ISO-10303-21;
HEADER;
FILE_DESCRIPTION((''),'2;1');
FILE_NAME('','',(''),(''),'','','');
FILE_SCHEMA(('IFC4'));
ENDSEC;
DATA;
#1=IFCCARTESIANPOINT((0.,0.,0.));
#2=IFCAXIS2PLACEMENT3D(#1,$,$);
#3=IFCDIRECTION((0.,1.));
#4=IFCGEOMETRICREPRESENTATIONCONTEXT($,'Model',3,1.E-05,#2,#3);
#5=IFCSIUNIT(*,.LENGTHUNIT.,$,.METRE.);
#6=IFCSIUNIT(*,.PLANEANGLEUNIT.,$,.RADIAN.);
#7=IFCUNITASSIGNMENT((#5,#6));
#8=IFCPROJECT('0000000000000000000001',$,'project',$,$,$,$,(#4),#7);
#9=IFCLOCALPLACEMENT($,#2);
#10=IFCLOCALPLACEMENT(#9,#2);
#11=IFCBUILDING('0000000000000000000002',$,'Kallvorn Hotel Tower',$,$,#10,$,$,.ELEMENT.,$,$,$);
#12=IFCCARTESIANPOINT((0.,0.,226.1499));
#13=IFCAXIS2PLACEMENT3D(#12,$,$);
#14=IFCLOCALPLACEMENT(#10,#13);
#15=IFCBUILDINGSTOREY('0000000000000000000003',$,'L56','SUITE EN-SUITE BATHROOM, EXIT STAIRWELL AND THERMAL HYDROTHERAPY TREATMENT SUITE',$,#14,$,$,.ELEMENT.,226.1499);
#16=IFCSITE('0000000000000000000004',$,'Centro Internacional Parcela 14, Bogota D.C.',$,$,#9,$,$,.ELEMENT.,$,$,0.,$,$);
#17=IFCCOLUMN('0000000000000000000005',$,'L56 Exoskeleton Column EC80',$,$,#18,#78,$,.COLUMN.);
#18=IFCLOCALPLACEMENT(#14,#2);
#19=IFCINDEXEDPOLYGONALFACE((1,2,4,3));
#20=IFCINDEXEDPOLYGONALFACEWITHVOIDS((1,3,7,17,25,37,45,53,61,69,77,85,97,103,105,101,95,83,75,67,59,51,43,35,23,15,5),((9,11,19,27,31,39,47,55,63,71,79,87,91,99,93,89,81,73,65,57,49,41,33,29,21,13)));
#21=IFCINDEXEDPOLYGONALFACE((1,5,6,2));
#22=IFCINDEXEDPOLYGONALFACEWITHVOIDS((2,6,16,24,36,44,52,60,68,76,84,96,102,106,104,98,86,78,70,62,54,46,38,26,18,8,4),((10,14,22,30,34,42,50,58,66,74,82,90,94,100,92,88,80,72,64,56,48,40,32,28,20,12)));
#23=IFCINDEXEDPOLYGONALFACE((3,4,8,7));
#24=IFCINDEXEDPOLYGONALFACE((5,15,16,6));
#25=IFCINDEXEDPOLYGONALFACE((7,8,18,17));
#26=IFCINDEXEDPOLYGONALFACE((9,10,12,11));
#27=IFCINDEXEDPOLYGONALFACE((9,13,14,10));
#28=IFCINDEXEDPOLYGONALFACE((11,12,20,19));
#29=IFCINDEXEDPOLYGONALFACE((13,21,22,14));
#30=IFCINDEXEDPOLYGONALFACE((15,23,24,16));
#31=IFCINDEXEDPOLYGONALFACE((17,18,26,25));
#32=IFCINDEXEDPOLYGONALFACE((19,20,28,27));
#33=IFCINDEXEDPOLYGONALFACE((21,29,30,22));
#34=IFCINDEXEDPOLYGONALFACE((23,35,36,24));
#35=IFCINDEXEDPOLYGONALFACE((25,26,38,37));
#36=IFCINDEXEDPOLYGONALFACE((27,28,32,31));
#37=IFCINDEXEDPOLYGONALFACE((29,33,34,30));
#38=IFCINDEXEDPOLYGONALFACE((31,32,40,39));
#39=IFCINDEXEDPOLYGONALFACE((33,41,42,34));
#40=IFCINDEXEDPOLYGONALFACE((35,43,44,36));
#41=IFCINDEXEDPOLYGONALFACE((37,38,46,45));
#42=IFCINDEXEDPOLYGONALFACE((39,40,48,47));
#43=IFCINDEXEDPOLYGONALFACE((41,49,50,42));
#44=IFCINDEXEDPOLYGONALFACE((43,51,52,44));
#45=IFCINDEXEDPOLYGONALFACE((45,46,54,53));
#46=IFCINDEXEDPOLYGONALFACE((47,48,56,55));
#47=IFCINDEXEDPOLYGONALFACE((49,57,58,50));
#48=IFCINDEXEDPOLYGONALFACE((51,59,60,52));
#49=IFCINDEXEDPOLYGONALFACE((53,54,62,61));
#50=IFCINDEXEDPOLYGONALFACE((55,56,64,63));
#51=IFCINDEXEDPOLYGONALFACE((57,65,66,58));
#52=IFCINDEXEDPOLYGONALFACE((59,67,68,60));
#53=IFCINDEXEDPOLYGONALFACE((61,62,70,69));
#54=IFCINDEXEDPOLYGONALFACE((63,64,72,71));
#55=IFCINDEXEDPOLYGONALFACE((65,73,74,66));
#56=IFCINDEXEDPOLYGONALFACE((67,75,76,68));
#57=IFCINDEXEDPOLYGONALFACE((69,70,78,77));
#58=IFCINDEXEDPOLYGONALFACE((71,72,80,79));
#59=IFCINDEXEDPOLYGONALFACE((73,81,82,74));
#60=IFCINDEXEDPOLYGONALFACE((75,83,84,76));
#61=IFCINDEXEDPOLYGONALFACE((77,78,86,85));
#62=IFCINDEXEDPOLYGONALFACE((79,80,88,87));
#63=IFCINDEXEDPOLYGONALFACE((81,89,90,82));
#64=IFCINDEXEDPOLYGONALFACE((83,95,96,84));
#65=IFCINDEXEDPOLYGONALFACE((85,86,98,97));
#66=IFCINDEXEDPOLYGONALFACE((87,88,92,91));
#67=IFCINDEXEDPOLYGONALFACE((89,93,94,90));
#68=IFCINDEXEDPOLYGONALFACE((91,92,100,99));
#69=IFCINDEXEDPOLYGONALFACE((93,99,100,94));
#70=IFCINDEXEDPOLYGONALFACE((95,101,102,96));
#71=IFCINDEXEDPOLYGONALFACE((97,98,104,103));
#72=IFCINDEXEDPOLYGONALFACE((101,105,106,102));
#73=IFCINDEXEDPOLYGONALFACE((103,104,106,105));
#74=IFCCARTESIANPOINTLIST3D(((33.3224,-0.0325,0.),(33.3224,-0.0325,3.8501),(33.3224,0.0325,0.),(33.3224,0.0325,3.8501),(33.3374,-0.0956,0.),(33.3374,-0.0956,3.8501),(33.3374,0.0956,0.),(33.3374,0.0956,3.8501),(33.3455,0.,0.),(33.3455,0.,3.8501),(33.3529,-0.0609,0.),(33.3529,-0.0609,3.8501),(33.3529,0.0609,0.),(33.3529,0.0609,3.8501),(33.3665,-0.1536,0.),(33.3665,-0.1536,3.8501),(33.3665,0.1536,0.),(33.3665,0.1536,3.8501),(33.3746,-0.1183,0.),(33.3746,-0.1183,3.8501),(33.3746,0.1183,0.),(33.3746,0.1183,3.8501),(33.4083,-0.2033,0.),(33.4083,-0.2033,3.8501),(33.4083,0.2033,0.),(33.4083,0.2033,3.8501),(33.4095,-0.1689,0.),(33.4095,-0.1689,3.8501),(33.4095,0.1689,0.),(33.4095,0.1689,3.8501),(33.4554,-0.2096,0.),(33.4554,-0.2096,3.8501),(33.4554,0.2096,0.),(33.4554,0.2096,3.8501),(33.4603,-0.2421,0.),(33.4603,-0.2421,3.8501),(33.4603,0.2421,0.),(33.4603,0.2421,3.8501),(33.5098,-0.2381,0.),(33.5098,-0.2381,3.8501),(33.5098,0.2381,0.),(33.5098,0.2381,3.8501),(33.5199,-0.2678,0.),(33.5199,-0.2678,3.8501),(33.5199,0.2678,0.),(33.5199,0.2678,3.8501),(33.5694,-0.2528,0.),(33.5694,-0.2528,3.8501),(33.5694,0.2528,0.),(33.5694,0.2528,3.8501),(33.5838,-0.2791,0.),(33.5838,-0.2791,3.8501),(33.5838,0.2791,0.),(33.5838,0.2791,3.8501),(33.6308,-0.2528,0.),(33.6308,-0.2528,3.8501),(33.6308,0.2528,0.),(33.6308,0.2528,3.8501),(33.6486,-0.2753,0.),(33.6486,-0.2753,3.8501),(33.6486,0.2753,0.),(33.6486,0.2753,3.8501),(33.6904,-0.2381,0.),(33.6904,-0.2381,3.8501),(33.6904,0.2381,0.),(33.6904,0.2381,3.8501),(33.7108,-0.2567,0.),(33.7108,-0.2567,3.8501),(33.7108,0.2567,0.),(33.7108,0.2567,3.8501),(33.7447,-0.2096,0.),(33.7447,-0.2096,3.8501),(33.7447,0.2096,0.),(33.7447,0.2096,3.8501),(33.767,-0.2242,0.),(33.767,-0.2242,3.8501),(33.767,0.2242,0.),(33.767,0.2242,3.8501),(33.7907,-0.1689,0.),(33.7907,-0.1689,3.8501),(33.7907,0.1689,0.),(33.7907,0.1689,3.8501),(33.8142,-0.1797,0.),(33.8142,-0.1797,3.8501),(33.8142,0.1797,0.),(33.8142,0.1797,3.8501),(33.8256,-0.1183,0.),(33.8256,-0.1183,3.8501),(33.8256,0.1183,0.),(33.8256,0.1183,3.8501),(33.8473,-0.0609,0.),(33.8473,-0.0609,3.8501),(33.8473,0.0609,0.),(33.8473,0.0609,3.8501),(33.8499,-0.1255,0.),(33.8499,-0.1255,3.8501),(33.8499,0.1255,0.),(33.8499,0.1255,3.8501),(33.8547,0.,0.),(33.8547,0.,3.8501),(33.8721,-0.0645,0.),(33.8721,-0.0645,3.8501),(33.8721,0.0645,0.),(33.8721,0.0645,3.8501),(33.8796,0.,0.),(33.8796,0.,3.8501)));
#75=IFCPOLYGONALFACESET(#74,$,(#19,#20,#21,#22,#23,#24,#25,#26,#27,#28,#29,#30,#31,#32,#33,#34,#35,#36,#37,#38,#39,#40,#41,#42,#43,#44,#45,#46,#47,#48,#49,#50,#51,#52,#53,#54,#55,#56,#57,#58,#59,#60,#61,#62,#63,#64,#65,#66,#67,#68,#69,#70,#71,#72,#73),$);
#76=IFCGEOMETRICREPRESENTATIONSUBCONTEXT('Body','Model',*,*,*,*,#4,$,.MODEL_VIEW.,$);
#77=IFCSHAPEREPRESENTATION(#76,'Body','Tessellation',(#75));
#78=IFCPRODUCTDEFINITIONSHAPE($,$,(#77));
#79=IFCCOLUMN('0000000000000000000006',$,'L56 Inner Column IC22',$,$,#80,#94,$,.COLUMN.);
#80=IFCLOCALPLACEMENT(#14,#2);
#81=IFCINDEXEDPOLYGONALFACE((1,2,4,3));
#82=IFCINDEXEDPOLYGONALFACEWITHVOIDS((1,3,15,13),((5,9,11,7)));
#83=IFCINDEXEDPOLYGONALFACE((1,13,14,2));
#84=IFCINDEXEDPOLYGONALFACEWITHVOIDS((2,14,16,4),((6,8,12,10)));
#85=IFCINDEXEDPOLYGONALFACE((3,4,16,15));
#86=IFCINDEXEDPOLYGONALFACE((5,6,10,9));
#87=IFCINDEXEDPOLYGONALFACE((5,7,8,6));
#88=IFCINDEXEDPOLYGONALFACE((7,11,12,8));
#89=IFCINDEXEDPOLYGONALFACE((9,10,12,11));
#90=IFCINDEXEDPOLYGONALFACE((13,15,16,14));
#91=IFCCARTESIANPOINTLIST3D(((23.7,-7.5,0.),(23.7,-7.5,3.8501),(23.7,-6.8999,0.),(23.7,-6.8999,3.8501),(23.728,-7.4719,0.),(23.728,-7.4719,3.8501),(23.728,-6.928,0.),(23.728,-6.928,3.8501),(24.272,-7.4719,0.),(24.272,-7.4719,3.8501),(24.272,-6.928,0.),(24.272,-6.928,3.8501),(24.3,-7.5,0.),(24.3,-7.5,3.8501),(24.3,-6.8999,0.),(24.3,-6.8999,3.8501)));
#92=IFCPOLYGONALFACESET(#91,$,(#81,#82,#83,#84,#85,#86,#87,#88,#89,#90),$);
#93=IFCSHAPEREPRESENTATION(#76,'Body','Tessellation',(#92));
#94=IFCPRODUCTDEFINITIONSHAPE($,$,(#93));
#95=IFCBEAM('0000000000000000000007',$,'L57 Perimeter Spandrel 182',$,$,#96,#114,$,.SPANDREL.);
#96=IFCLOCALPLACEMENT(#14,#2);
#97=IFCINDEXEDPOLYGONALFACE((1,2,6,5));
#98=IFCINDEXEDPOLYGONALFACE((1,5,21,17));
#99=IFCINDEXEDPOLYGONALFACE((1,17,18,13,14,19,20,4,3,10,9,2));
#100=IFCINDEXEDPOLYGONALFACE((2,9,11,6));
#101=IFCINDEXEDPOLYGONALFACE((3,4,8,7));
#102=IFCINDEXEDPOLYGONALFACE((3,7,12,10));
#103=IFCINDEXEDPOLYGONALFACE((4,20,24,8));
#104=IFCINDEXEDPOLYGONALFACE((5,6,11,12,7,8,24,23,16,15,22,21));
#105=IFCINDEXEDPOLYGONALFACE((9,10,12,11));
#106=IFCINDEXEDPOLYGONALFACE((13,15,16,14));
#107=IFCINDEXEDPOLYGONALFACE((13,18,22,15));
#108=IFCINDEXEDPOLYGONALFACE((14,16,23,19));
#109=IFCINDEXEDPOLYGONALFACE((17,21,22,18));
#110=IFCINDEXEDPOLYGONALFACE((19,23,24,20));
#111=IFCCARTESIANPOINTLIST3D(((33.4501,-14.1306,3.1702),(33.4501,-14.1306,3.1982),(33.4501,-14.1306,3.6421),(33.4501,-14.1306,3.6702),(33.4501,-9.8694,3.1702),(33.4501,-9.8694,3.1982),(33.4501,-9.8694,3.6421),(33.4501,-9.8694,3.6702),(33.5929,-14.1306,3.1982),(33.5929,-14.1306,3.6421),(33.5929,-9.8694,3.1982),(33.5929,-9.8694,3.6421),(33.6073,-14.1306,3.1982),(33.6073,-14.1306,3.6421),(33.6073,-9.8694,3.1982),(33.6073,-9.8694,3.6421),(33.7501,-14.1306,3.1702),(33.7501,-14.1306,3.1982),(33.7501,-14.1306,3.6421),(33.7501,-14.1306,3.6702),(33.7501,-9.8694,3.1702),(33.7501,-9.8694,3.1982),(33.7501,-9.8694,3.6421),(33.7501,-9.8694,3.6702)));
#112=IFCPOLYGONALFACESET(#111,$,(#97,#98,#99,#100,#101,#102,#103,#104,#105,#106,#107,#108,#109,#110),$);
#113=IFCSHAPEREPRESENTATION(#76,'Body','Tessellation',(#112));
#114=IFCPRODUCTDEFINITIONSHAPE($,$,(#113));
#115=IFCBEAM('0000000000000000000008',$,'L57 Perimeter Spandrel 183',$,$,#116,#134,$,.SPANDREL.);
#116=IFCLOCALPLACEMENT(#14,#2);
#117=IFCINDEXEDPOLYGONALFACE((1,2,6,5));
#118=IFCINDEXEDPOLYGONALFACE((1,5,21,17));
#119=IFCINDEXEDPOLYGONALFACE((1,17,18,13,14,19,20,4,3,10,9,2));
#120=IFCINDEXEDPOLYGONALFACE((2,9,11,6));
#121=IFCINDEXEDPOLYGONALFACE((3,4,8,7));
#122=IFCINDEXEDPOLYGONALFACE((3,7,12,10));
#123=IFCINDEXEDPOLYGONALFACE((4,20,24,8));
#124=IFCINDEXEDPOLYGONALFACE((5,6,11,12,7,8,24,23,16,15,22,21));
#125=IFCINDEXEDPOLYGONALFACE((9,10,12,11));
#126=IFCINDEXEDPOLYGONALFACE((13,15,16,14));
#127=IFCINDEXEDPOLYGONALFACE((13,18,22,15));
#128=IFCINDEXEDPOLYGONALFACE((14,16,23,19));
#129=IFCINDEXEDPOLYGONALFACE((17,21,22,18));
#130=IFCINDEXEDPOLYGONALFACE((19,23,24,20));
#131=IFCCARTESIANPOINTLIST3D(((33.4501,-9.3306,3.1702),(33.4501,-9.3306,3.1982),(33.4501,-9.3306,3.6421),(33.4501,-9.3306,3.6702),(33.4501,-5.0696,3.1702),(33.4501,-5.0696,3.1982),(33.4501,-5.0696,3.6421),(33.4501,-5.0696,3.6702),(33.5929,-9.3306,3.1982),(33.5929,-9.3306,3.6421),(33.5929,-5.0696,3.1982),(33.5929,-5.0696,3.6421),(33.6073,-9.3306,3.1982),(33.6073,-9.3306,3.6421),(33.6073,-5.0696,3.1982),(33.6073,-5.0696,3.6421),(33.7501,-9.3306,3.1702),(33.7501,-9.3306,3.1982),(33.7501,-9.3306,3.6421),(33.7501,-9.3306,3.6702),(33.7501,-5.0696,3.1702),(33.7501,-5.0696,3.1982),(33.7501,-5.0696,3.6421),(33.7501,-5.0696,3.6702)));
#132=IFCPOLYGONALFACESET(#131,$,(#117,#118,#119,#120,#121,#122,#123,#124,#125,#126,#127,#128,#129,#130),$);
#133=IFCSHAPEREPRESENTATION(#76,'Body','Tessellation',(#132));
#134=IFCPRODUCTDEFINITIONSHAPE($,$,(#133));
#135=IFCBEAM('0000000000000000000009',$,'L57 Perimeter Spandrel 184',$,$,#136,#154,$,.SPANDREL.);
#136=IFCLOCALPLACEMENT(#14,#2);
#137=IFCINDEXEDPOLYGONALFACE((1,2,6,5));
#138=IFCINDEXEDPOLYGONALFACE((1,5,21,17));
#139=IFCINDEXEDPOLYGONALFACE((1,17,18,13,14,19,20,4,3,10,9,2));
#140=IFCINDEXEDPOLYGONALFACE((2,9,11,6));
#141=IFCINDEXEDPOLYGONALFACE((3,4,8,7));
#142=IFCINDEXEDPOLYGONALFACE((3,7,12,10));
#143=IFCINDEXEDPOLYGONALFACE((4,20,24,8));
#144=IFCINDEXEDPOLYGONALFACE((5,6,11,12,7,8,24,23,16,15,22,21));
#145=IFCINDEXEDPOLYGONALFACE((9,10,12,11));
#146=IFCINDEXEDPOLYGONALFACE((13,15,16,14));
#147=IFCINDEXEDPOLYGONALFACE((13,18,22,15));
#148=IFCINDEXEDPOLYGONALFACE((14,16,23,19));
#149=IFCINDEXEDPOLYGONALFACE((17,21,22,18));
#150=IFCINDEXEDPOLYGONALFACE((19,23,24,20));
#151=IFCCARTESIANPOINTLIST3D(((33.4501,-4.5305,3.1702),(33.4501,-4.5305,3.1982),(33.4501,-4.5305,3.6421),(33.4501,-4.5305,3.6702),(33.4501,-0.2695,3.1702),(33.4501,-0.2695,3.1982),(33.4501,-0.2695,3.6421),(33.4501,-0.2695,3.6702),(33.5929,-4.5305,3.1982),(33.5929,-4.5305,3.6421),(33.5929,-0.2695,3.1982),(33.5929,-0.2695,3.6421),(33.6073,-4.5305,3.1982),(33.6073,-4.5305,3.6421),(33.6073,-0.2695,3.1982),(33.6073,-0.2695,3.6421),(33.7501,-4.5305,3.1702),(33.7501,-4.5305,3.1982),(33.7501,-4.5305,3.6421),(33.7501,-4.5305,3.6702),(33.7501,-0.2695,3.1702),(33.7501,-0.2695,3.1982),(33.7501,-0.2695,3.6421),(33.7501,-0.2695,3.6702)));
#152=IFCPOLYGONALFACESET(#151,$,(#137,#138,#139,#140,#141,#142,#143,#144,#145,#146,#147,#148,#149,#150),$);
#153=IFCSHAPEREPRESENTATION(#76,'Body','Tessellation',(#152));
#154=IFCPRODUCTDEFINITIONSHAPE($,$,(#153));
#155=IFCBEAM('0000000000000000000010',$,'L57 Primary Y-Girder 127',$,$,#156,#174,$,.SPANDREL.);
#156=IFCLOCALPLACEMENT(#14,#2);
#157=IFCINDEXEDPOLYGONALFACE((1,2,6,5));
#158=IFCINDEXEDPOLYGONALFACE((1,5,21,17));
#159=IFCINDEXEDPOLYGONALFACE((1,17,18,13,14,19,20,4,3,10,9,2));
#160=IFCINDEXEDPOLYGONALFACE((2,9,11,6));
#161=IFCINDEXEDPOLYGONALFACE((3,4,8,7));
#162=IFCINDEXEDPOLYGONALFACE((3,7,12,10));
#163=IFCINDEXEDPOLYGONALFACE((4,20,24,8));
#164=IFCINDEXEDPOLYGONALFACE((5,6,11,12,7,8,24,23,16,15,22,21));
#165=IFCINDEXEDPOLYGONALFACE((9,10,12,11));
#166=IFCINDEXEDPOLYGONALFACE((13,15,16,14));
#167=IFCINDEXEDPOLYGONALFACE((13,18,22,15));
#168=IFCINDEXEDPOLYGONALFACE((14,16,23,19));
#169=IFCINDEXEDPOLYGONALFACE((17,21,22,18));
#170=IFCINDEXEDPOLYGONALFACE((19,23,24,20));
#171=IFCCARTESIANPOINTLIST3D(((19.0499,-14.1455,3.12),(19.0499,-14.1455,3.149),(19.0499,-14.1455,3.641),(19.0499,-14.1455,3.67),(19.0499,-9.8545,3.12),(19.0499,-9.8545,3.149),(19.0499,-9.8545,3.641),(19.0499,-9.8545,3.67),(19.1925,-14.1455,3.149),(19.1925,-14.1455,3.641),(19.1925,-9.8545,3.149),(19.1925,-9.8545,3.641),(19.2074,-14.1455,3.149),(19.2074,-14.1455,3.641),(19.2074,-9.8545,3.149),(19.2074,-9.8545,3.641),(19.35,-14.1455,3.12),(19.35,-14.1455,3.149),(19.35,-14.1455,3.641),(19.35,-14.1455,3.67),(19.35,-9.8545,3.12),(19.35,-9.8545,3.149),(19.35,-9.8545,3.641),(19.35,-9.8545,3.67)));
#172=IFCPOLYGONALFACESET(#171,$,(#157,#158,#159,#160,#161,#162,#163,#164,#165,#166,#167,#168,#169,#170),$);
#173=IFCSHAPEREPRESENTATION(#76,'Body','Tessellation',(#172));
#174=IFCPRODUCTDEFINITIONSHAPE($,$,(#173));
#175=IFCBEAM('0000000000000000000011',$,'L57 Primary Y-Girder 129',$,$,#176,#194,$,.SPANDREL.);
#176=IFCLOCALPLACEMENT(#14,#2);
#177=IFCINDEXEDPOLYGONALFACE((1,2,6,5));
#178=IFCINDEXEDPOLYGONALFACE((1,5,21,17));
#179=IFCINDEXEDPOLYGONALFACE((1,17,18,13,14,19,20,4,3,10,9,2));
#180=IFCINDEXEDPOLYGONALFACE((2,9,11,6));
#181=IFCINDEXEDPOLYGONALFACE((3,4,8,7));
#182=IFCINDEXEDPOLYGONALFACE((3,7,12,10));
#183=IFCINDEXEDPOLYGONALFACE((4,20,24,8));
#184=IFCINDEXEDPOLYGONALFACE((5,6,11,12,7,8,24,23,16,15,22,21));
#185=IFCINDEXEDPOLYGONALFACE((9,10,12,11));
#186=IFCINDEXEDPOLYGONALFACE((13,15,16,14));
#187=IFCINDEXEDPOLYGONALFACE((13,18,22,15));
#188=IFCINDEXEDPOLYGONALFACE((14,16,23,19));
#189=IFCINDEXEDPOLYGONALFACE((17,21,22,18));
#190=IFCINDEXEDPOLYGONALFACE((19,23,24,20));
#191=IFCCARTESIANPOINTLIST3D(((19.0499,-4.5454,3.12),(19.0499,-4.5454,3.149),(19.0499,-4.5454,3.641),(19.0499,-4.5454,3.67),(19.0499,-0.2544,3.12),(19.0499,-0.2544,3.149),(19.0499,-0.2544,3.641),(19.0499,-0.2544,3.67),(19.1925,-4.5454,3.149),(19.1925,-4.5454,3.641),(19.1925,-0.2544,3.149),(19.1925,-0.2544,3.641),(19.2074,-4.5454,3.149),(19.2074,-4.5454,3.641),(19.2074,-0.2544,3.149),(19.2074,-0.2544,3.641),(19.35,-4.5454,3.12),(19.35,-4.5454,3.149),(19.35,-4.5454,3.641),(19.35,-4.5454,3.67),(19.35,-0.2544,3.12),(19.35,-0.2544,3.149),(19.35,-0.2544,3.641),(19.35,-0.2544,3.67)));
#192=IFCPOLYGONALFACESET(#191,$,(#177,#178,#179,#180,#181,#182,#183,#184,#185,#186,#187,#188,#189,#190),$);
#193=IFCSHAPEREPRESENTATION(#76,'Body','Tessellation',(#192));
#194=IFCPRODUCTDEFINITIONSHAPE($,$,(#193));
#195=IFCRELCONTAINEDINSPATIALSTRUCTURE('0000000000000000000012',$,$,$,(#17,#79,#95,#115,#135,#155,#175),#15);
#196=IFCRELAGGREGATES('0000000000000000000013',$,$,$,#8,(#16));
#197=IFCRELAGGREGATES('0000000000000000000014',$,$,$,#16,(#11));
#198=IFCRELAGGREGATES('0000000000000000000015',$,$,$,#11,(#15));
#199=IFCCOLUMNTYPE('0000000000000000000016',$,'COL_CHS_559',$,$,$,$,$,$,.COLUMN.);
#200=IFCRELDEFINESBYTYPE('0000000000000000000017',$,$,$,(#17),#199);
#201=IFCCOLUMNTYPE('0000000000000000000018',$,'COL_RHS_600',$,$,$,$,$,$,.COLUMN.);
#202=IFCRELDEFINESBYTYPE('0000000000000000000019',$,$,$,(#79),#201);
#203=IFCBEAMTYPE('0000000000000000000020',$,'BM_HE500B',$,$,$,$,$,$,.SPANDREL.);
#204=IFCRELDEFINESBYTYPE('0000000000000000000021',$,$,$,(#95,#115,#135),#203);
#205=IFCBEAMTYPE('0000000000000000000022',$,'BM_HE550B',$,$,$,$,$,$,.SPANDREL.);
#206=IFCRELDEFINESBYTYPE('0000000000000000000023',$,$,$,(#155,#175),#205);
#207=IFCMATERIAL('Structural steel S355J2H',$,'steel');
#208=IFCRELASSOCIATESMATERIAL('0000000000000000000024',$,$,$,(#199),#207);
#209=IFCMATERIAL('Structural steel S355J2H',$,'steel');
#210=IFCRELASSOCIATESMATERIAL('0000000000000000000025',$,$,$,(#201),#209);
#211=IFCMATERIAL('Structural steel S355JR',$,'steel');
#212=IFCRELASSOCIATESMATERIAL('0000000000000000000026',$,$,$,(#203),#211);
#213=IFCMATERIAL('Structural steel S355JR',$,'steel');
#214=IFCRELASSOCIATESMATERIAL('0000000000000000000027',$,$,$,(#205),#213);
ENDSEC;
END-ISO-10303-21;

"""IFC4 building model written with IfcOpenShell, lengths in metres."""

from ifc_helpers import new_model, si_unit, direction, frame, origin, origin_2d, place, context, subcontext, project, spatial, hollow_rectangle, hollow_circle, i_section, extrude, material, material_profile, profile_set, type_object, element, save


model = new_model("IFC4")

# Units and contexts
model_context = context("Model", 3, precision=1e-05, world=origin(), true_north=direction((0.0, 1.0)))
body_context = subcontext(model_context, "Body", "Model", "MODEL_VIEW")
ifc_project = project(units=[si_unit("LENGTHUNIT", "METRE"), si_unit("PLANEANGLEUNIT", "RADIAN")], contexts=[model_context])

# Site, building, storey
site_placement = place(None, origin())
site = spatial("IfcSite", under=ifc_project, at=site_placement, Name="Centro Internacional Parcela 14, Bogota D.C.", CompositionType="ELEMENT", RefElevation=0.0)
building_placement = place(site_placement, origin())
building = spatial("IfcBuilding", under=site, at=building_placement, Name="Kallvorn Hotel Tower", CompositionType="ELEMENT")
storey_placement = place(building_placement, frame((0.0, 0.0, 226.1499)))
storey = spatial("IfcBuildingStorey", under=building, at=storey_placement, Name="L56", Description="SUITE EN-SUITE BATHROOM, EXIT STAIRWELL AND THERMAL HYDROTHERAPY TREATMENT SUITE", CompositionType="ELEMENT", Elevation=226.1499)

# Columns
ifc_material_1 = material(Name="Structural steel S355J2H", Category="steel")
ifc_material_profile_1 = material_profile(ifc_material_1, hollow_circle(Radius=0.2795, WallThickness=0.0249, at=origin_2d()), Name="CHS 559x25")
ifc_profile_set_1 = profile_set([ifc_material_profile_1], Name="Structural steel S355J2H")
column_type_1 = type_object("IfcColumnType", Name="COL_CHS_559", PredefinedType="COLUMN", material=ifc_profile_set_1)
for number, where, z_axis, x_axis, name in (
    (1, (33.6001, 0.0, 0.0), (0.0, 0.0, 1.0), (1.0, 0.0, 0.0), "L56 Exoskeleton Column EC80"),
):
    element("IfcColumn", number, at=place(storey_placement, frame(where, z_axis=z_axis, x_axis=x_axis)), inside=storey, type_object=column_type_1, Name=name, PredefinedType="COLUMN", context=body_context, shape_type="SweptSolid", body=[
        extrude(hollow_circle(Radius=0.2795, WallThickness=0.0249, at=origin_2d()), origin(), (0.0, 0.0, 1.0), 3.8501),
    ])
ifc_material_2 = material(Name="Structural steel S355J2H", Category="steel")
ifc_material_profile_2 = material_profile(ifc_material_2, hollow_rectangle(XDim=0.6001, YDim=0.6001, WallThickness=0.0281, at=origin_2d()), Name="RHS 600x600x28")
ifc_profile_set_2 = profile_set([ifc_material_profile_2], Name="Structural steel S355J2H")
column_type_2 = type_object("IfcColumnType", Name="COL_RHS_600", PredefinedType="COLUMN", material=ifc_profile_set_2)
column_placement = place(storey_placement, frame((24.0, -7.2, 0.0), z_axis=(0.0, 0.0, 1.0), x_axis=(1.0, 0.0, 0.0)))
element("IfcColumn", 2, at=column_placement, inside=storey, type_object=column_type_2, Name="L56 Inner Column IC22", PredefinedType="COLUMN", context=body_context, shape_type="SweptSolid", body=[
    extrude(hollow_rectangle(XDim=0.6001, YDim=0.6001, WallThickness=0.0281, at=origin_2d()), origin(), (0.0, 0.0, 1.0), 3.8501),
])

# Beams
ifc_material_3 = material(Name="Structural steel S355JR", Category="steel")
ifc_material_profile_3 = material_profile(ifc_material_3, i_section(OverallWidth=0.3, OverallDepth=0.5, WebThickness=0.0144, FlangeThickness=0.0281, at=origin_2d()), Name="HE 500 B")
ifc_profile_set_3 = profile_set([ifc_material_profile_3], Name="Structural steel S355JR")
beam_type_1 = type_object("IfcBeamType", Name="BM_HE500B", PredefinedType="SPANDREL", material=ifc_profile_set_3)
beam_1_placement = place(storey_placement, frame((33.6001, -14.1306, 3.4202), z_axis=(0.0, 1.0, 0.0), x_axis=(-1.0, 0.0, 0.0)))
element("IfcBeam", 3, at=beam_1_placement, inside=storey, type_object=beam_type_1, Name="L57 Perimeter Spandrel 182", PredefinedType="SPANDREL", context=body_context, shape_type="SweptSolid", body=[
    extrude(i_section(OverallWidth=0.3, OverallDepth=0.5, WebThickness=0.0144, FlangeThickness=0.0281, at=origin_2d()), origin(), (0.0, 0.0, 1.0), 4.2612),
])
for number, where, z_axis, x_axis, name in (
    (4, (33.6001, -9.3306, 3.4202), (0.0, 1.0, 0.0), (-1.0, 0.0, 0.0), "L57 Perimeter Spandrel 183"),
    (5, (33.6001, -4.5305, 3.4202), (0.0, 1.0, 0.0), (-1.0, 0.0, 0.0), "L57 Perimeter Spandrel 184"),
):
    element("IfcBeam", number, at=place(storey_placement, frame(where, z_axis=z_axis, x_axis=x_axis)), inside=storey, type_object=beam_type_1, Name=name, PredefinedType="SPANDREL", context=body_context, shape_type="SweptSolid", body=[
        extrude(i_section(OverallWidth=0.3, OverallDepth=0.5, WebThickness=0.0144, FlangeThickness=0.0281, at=origin_2d()), origin(), (0.0, 0.0, 1.0), 4.261),
    ])
ifc_material_4 = material(Name="Structural steel S355JR", Category="steel")
ifc_material_profile_4 = material_profile(ifc_material_4, i_section(OverallWidth=0.3, OverallDepth=0.55, WebThickness=0.0149, FlangeThickness=0.0291, at=origin_2d()), Name="HE 550 B")
ifc_profile_set_4 = profile_set([ifc_material_profile_4], Name="Structural steel S355JR")
beam_type_2 = type_object("IfcBeamType", Name="BM_HE550B", PredefinedType="SPANDREL", material=ifc_profile_set_4)
for number, where, z_axis, x_axis, name in (
    (6, (19.2, -14.1455, 3.395), (0.0, 1.0, 0.0), (-1.0, 0.0, 0.0), "L57 Primary Y-Girder 127"),
    (7, (19.2, -4.5454, 3.395), (0.0, 1.0, 0.0), (-1.0, 0.0, 0.0), "L57 Primary Y-Girder 129"),
):
    element("IfcBeam", number, at=place(storey_placement, frame(where, z_axis=z_axis, x_axis=x_axis)), inside=storey, type_object=beam_type_2, Name=name, PredefinedType="SPANDREL", context=body_context, shape_type="SweptSolid", body=[
        extrude(i_section(OverallWidth=0.3, OverallDepth=0.55, WebThickness=0.0149, FlangeThickness=0.0291, at=origin_2d()), origin(), (0.0, 0.0, 1.0), 4.291),
    ])

save(model, "model.ifc")
